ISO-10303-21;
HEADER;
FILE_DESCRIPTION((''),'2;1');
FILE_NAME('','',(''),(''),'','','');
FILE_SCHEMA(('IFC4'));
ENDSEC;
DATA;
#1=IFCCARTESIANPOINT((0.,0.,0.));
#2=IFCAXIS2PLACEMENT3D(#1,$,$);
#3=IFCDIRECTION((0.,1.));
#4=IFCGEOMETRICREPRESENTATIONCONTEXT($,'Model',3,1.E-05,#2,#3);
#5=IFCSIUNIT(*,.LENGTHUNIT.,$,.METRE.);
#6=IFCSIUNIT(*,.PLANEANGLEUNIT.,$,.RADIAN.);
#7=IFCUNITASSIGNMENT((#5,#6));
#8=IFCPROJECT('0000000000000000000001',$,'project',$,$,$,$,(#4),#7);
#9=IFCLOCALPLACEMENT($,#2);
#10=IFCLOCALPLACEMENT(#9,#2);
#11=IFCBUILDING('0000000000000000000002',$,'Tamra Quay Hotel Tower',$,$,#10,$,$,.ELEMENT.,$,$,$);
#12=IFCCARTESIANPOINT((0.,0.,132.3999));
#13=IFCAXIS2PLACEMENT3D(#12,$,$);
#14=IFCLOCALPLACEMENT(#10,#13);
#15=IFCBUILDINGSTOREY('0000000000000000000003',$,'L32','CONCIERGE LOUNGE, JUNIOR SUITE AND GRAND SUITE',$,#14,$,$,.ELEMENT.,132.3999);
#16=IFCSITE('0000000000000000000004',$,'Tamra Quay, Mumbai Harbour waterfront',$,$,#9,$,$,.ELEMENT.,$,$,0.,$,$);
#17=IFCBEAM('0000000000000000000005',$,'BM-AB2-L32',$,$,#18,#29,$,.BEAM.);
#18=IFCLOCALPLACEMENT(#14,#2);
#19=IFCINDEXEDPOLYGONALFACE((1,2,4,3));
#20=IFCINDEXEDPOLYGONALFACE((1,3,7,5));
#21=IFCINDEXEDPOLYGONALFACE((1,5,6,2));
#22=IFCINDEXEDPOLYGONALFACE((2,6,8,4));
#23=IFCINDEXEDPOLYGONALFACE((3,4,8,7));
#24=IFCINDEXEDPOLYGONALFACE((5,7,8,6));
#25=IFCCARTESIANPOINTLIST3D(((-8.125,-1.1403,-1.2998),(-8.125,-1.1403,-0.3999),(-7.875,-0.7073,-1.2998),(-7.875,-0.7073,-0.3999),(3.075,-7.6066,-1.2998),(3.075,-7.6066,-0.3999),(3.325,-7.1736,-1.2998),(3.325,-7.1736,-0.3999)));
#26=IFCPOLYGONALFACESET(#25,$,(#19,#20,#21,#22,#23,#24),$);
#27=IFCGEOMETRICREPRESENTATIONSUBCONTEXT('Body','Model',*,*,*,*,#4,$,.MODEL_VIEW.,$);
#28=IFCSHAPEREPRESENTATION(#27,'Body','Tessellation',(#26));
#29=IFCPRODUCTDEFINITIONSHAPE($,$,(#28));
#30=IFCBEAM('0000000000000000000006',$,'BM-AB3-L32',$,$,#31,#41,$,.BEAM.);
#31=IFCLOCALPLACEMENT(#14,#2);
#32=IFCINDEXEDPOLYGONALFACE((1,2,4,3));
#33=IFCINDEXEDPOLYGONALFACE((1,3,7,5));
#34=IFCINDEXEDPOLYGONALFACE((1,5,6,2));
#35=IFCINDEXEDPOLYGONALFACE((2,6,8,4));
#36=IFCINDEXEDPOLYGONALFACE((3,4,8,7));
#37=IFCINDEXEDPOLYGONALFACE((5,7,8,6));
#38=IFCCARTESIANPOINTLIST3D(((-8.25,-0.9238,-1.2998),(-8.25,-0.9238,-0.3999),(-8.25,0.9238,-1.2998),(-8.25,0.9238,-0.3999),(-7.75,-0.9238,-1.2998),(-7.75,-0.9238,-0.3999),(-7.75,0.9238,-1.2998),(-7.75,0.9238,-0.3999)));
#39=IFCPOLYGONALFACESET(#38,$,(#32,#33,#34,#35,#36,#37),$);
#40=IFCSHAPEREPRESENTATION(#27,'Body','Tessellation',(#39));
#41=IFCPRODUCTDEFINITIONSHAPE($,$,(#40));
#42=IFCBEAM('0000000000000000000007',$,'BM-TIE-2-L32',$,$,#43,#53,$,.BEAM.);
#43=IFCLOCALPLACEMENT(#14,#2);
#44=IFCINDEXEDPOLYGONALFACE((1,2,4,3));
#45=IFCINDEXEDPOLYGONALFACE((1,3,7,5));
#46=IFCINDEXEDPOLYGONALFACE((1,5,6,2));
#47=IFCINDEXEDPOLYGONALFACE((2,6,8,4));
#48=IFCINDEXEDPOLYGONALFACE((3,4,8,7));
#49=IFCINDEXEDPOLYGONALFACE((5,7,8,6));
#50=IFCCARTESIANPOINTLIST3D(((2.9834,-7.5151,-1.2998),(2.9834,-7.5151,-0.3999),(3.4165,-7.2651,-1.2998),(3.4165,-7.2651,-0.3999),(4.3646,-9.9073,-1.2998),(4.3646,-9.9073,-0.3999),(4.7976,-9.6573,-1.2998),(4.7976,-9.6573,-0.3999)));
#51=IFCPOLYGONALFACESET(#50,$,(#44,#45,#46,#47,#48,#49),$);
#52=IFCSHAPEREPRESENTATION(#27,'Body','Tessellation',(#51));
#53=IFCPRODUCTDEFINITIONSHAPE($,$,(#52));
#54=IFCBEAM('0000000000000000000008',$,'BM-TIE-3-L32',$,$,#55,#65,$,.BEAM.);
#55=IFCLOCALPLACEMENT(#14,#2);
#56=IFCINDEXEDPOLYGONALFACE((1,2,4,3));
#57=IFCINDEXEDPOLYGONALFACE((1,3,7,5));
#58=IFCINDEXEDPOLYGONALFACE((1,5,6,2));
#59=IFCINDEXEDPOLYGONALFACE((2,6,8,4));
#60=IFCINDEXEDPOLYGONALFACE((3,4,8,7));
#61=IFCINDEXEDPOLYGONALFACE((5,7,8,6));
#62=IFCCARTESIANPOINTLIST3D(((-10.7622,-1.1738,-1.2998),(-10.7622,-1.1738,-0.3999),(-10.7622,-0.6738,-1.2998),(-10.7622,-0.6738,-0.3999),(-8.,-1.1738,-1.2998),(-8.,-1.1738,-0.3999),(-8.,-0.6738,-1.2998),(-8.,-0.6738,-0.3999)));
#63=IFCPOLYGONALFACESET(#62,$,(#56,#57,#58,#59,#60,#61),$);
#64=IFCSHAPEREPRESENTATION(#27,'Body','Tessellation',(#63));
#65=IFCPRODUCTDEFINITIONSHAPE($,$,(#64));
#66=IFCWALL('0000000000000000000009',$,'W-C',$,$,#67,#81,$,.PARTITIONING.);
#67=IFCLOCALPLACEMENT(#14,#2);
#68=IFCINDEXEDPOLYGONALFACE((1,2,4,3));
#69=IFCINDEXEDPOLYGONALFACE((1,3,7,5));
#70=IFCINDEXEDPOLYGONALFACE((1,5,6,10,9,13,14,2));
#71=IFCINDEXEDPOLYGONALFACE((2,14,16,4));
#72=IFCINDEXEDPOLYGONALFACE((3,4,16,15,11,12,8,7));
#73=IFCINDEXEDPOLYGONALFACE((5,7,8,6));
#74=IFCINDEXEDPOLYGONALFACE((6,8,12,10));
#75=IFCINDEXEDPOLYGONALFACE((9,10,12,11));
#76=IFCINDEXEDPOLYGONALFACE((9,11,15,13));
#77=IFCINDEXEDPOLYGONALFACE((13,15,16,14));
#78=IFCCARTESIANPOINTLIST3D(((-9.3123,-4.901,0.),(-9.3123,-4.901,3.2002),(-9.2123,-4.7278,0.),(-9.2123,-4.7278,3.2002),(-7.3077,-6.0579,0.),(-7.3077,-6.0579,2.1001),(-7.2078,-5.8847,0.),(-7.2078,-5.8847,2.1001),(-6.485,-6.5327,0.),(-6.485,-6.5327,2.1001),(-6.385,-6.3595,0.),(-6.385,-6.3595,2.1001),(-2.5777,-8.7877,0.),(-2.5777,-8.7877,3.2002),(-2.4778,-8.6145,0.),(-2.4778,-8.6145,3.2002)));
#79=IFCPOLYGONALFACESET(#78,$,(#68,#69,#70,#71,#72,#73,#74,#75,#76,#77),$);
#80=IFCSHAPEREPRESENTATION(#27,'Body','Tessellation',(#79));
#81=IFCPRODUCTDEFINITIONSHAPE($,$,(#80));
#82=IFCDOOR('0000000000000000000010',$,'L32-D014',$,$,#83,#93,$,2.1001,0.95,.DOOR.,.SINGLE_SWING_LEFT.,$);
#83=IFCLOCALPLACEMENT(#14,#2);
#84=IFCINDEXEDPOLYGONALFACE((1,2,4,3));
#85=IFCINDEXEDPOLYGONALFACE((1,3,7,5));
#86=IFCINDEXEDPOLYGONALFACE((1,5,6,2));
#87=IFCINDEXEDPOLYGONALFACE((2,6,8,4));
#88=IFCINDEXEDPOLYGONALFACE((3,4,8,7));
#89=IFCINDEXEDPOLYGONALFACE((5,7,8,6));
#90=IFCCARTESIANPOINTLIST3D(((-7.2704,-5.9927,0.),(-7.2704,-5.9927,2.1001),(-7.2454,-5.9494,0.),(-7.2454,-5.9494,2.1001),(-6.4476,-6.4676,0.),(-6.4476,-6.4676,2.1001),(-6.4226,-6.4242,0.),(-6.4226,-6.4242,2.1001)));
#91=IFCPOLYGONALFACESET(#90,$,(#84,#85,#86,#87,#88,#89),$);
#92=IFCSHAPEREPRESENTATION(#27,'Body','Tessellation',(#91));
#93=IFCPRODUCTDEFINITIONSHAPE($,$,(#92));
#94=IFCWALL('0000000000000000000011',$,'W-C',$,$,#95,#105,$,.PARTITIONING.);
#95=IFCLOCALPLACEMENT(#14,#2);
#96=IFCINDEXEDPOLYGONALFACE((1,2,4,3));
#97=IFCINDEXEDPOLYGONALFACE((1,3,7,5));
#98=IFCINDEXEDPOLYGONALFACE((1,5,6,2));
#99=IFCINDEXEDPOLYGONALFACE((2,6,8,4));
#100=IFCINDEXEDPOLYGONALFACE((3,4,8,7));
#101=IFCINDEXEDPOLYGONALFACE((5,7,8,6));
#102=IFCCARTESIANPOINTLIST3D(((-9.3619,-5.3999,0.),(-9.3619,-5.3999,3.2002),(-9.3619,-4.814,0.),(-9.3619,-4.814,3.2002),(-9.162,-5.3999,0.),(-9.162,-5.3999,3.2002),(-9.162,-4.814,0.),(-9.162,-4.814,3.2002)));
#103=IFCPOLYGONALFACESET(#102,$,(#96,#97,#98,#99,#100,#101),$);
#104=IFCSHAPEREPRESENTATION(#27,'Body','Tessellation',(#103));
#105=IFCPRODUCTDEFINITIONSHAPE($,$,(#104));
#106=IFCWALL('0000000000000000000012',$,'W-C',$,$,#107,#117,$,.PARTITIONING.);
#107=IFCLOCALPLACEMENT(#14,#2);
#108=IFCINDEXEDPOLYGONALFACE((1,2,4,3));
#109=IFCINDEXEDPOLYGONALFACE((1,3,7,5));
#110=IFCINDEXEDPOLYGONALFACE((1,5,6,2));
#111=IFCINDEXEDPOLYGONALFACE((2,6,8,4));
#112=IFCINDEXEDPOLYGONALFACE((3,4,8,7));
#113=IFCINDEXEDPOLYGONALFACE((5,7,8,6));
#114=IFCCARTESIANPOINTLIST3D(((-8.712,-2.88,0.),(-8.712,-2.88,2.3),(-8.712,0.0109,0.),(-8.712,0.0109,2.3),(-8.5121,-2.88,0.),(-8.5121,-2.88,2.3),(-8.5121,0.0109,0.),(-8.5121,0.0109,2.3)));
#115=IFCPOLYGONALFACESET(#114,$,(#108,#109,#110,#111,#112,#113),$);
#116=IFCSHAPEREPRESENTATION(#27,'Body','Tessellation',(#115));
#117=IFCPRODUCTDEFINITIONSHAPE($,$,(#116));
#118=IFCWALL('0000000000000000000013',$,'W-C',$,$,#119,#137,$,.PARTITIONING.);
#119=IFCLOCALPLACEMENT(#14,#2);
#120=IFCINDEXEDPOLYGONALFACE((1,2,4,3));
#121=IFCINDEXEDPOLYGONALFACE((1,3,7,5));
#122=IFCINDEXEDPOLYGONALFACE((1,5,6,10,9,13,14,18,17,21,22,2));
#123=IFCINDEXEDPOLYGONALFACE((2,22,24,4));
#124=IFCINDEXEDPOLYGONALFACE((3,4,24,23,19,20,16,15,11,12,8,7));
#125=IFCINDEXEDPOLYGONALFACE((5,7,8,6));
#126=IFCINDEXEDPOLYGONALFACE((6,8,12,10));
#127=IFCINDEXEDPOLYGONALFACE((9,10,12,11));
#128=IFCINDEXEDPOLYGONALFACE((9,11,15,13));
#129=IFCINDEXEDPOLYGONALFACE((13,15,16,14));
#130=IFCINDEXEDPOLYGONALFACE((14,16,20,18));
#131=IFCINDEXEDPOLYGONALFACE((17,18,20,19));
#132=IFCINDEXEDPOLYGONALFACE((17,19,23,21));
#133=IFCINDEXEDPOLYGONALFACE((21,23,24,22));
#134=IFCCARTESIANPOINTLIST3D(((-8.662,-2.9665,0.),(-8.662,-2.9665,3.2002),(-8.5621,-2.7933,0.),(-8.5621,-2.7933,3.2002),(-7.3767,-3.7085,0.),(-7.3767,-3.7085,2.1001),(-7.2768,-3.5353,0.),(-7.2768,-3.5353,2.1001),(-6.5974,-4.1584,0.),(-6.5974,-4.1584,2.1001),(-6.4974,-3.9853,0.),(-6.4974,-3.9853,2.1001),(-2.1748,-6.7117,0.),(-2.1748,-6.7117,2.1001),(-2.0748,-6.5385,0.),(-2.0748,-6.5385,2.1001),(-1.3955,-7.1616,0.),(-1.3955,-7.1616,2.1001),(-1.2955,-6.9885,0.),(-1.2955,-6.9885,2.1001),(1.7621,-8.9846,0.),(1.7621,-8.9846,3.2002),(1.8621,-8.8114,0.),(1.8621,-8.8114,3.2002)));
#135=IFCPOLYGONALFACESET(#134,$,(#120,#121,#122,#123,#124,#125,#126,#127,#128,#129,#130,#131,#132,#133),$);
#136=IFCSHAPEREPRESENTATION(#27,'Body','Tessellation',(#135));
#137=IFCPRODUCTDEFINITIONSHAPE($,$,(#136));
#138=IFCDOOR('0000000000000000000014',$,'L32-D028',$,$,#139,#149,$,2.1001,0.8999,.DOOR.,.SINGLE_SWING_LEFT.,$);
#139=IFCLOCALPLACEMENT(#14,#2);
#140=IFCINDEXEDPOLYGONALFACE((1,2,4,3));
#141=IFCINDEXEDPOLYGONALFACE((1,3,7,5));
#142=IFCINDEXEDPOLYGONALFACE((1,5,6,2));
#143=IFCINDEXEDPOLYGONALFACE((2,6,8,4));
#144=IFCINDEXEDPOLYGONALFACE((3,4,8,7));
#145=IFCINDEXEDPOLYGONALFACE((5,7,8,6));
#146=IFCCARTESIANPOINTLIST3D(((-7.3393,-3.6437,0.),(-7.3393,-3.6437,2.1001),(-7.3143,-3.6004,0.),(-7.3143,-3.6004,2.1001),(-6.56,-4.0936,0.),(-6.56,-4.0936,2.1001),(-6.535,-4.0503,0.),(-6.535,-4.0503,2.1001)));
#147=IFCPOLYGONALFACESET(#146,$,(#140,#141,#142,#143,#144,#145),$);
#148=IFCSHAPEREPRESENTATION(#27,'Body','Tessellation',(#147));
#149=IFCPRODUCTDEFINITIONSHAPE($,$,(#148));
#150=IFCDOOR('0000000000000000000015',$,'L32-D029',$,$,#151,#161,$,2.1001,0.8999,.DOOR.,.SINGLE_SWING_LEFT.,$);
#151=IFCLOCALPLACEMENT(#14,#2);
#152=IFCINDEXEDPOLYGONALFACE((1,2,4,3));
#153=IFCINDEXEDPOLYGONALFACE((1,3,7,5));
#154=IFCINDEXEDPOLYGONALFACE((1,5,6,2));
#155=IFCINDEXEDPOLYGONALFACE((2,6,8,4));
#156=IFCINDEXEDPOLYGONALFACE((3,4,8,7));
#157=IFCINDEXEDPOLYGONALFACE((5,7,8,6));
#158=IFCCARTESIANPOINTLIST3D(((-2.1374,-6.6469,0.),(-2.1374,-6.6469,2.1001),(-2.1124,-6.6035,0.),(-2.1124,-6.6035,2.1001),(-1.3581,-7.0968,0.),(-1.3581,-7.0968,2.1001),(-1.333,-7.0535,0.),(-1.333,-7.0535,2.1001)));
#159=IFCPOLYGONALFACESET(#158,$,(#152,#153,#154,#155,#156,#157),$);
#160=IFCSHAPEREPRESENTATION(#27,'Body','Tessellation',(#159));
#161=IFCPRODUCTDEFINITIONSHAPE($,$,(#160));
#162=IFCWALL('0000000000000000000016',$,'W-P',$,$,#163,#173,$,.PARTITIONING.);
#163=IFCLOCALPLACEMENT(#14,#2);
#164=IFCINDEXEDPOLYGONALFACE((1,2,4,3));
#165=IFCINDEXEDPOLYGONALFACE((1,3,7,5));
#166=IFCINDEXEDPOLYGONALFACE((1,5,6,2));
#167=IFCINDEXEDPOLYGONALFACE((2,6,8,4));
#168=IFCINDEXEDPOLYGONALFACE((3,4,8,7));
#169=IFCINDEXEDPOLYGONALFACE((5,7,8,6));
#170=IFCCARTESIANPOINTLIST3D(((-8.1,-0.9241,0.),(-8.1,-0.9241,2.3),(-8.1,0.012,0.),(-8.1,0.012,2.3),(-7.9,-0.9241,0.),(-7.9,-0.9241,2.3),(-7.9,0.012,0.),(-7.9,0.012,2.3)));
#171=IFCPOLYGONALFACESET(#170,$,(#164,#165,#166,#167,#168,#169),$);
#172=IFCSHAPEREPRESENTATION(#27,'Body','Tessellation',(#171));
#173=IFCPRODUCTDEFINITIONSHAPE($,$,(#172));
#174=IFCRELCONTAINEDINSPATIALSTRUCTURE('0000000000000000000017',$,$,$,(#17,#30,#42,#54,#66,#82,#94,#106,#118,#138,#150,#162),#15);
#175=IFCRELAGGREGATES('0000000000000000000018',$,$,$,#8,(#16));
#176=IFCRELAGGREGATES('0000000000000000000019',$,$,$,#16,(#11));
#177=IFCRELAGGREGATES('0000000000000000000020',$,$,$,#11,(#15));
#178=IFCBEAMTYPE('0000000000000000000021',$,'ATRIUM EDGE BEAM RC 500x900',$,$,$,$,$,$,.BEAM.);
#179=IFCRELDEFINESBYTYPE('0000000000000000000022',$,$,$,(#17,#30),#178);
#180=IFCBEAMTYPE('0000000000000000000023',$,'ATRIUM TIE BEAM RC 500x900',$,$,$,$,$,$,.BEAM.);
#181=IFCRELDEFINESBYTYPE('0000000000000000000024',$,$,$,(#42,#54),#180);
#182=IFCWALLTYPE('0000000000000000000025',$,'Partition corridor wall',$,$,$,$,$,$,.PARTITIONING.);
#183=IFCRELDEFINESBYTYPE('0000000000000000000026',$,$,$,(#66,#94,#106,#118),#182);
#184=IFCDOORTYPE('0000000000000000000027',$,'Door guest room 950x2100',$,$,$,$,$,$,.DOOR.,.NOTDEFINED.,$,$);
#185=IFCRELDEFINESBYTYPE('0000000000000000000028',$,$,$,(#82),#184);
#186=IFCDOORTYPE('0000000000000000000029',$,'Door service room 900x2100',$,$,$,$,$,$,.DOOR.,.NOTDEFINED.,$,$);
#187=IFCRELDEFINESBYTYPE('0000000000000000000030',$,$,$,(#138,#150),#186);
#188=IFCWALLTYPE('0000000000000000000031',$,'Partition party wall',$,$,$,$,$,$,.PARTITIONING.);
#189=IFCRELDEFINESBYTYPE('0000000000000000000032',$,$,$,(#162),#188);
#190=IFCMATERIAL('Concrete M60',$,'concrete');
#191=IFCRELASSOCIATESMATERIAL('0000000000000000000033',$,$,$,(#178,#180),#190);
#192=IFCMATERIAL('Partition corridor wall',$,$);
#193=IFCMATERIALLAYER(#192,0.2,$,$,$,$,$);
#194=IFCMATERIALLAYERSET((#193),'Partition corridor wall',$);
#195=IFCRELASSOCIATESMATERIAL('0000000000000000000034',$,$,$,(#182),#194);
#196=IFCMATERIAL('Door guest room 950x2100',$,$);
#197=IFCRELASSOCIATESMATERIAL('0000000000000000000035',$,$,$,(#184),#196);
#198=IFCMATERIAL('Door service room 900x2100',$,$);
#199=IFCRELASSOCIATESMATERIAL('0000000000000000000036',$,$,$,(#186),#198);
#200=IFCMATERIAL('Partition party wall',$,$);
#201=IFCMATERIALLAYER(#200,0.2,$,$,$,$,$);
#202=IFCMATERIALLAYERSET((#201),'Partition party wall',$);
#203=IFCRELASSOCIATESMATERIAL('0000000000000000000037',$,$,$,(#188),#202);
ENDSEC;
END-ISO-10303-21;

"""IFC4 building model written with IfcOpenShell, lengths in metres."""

from ifc_helpers import new_model, si_unit, direction, frame, frame_2d, origin, origin_2d, place, context, subcontext, project, spatial, rectangle, extrude, material, layer, layer_set, material_profile, profile_set, type_object, element, fill, save


model = new_model("IFC4")

# Units and contexts
model_context = context("Model", 3, precision=1e-05, world=origin(), true_north=direction((0.0, 1.0)))
body_context = subcontext(model_context, "Body", "Model", "MODEL_VIEW")
ifc_project = project(units=[si_unit("LENGTHUNIT", "METRE"), si_unit("PLANEANGLEUNIT", "RADIAN")], contexts=[model_context])

# Site, building, storey
site_placement = place(None, origin())
site = spatial("IfcSite", under=ifc_project, at=site_placement, Name="Tamra Quay, Mumbai Harbour waterfront", CompositionType="ELEMENT", RefElevation=0.0)
building_placement = place(site_placement, origin())
building = spatial("IfcBuilding", under=site, at=building_placement, Name="Tamra Quay Hotel Tower", CompositionType="ELEMENT")
storey_placement = place(building_placement, frame((0.0, 0.0, 132.3999)))
storey = spatial("IfcBuildingStorey", under=building, at=storey_placement, Name="L32", Description="CONCIERGE LOUNGE, JUNIOR SUITE AND GRAND SUITE", CompositionType="ELEMENT", Elevation=132.3999)

# Beams
ifc_material_1 = material(Name="Concrete M60", Category="concrete")
ifc_material_profile_1 = material_profile(ifc_material_1, rectangle(XDim=0.5, YDim=0.8999, at=origin_2d()), Name="ATRIUM EDGE BEAM RC 500x900")
ifc_profile_set_1 = profile_set([ifc_material_profile_1], Name="Concrete M60")
beam_type_1 = type_object("IfcBeamType", Name="ATRIUM EDGE BEAM RC 500x900", PredefinedType="BEAM", material=ifc_profile_set_1)
beam_1_placement = place(storey_placement, frame((3.2, -7.3901, -0.8499), z_axis=(-0.866025, 0.500001, 0.0), x_axis=(-0.500001, -0.866025, 0.0)))
element("IfcBeam", 1, at=beam_1_placement, inside=storey, type_object=beam_type_1, Name="BM-AB2-L32", PredefinedType="BEAM", context=body_context, shape_type="SweptSolid", body=[
    extrude(rectangle(XDim=0.5, YDim=0.8999, at=origin_2d()), origin(), (0.0, 0.0, 1.0), 12.9326),
])
beam_2_placement = place(storey_placement, frame((-8.0, -0.9238, -0.8499), z_axis=(0.0, 1.0, 0.0), x_axis=(-1.0, 0.0, 0.0)))
element("IfcBeam", 2, at=beam_2_placement, inside=storey, type_object=beam_type_1, Name="BM-AB3-L32", PredefinedType="BEAM", context=body_context, shape_type="SweptSolid", body=[
    extrude(rectangle(XDim=0.5, YDim=0.8999, at=origin_2d()), origin(), (0.0, 0.0, 1.0), 1.8477),
])
ifc_material_profile_2 = material_profile(ifc_material_1, rectangle(XDim=0.5, YDim=0.8999, at=origin_2d()), Name="ATRIUM TIE BEAM RC 500x900")
ifc_profile_set_2 = profile_set([ifc_material_profile_2], Name="Concrete M60")
beam_type_2 = type_object("IfcBeamType", Name="ATRIUM TIE BEAM RC 500x900", PredefinedType="BEAM", material=ifc_profile_set_2)
for number, where, z_axis, x_axis, name in (
    (3, (3.2, -7.3901, -0.8499), (0.500008, -0.866021, 0.0), (0.866021, 0.500008, 0.0), "BM-TIE-2-L32"),
    (4, (-8.0, -0.9238, -0.8499), (-1.0, 0.0, 0.0), (0.0, -1.0, 0.0), "BM-TIE-3-L32"),
):
    element("IfcBeam", number, at=place(storey_placement, frame(where, z_axis=z_axis, x_axis=x_axis)), inside=storey, type_object=beam_type_2, Name=name, PredefinedType="BEAM", context=body_context, shape_type="SweptSolid", body=[
        extrude(rectangle(XDim=0.5, YDim=0.8999, at=origin_2d()), origin(), (0.0, 0.0, 1.0), 2.7622),
    ])

# Wall, opening, door
ifc_material_2 = material(Name="Partition corridor wall")
ifc_layer_1 = layer(ifc_material_2, 0.2)
ifc_layer_set_1 = layer_set([ifc_layer_1], Name="Partition corridor wall")
wall_type_1 = type_object("IfcWallType", Name="Partition corridor wall", PredefinedType="PARTITIONING", material=ifc_layer_set_1)
wall_1_placement = place(storey_placement, frame((-9.2622, -4.8145, 0.0), z_axis=(0.0, 0.0, 1.0), x_axis=(0.86611, -0.499854, 0.0)))
wall_1 = element("IfcWall", 5, at=wall_1_placement, inside=storey, type_object=wall_type_1, Name="W-C", PredefinedType="PARTITIONING", context=body_context, shape_type="SweptSolid", body=[
    extrude(rectangle(XDim=7.7756, YDim=0.2, at=frame_2d((3.8877, 0.0))), origin(), (0.0, 0.0, 1.0), 3.2002),
])
opening_1_placement = place(wall_1_placement, frame((2.3142, 0.0, 0.0)))
opening_1 = element("IfcOpeningElement", 6, at=opening_1_placement, cuts=wall_1, PredefinedType="OPENING", context=body_context, shape_type="SweptSolid", body=[
    extrude(rectangle(XDim=0.95, YDim=2.1001, at=frame_2d((0.4751, 1.05))), frame((0.0, 0.1099, 0.0), z_axis=(0.0, -1.0, 0.0), x_axis=(1.0, 0.0, 0.0)), (0.0, 0.0, 1.0), 0.22),
])
ifc_material_3 = material(Name="Door guest room 950x2100")
door_type_1 = type_object("IfcDoorType", Name="Door guest room 950x2100", OperationType="NOTDEFINED", PredefinedType="DOOR", material=ifc_material_3)
door_1_placement = place(opening_1_placement, frame((0.95, 0.0, 0.0), z_axis=(0.0, 0.0, 1.0), x_axis=(-1.0, 0.0, 0.0)))
door_1 = element("IfcDoor", 7, at=door_1_placement, inside=storey, type_object=door_type_1, Name="L32-D014", OperationType="SINGLE_SWING_LEFT", OverallHeight=2.1001, OverallWidth=0.95, PredefinedType="DOOR", context=body_context, shape_type="SweptSolid", body=[
    extrude(rectangle(XDim=0.95, YDim=2.1001, at=frame_2d((0.4751, 1.05))), frame((0.0, 0.0249, 0.0), z_axis=(0.0, -1.0, 0.0), x_axis=(1.0, 0.0, 0.0)), (0.0, 0.0, 1.0), 0.05),
])
fill(opening_1, door_1)

# Walls
wall_2_placement = place(storey_placement, frame((-9.262, -5.3999, 0.0), z_axis=(0.0, 0.0, 1.0), x_axis=(0.0, 1.0, 0.0)))
element("IfcWall", 8, at=wall_2_placement, inside=storey, type_object=wall_type_1, Name="W-C", PredefinedType="PARTITIONING", context=body_context, shape_type="SweptSolid", body=[
    extrude(rectangle(XDim=0.5859, YDim=0.2, at=frame_2d((0.293, 0.0))), origin(), (0.0, 0.0, 1.0), 3.2002),
])
wall_3_placement = place(storey_placement, frame((-8.6121, -2.8799, 0.0), z_axis=(0.0, 0.0, 1.0), x_axis=(0.0, 1.0, 0.0)))
element("IfcWall", 9, at=wall_3_placement, inside=storey, type_object=wall_type_1, Name="W-C", PredefinedType="PARTITIONING", context=body_context, shape_type="SweptSolid", body=[
    extrude(rectangle(XDim=2.8909, YDim=0.2, at=frame_2d((1.4453, 0.0))), origin(), (0.0, 0.0, 1.0), 2.3),
])

# Wall, openings, doors
wall_4_placement = place(storey_placement, frame((-8.6121, -2.8799, 0.0), z_axis=(0.0, 0.0, 1.0), x_axis=(0.866035, -0.499983, 0.0)))
wall_4 = element("IfcWall", 10, at=wall_4_placement, inside=storey, type_object=wall_type_1, Name="W-C", PredefinedType="PARTITIONING", context=body_context, shape_type="SweptSolid", body=[
    extrude(rectangle(XDim=12.0366, YDim=0.2, at=frame_2d((6.0183, 0.0))), origin(), (0.0, 0.0, 1.0), 3.2002),
])
opening_2_placement = place(wall_4_placement, frame((1.4841, 0.0, 0.0)))
opening_2 = element("IfcOpeningElement", 11, at=opening_2_placement, cuts=wall_4, PredefinedType="OPENING", context=body_context, shape_type="SweptSolid", body=[
    extrude(rectangle(XDim=0.8999, YDim=2.1001, at=frame_2d((0.45, 1.05))), frame((0.0, 0.1099, 0.0), z_axis=(0.0, -1.0, 0.0), x_axis=(1.0, 0.0, 0.0)), (0.0, 0.0, 1.0), 0.22),
])
opening_3_placement = place(wall_4_placement, frame((7.4907, 0.0, 0.0)))
opening_3 = element("IfcOpeningElement", 12, at=opening_3_placement, cuts=wall_4, PredefinedType="OPENING", context=body_context, shape_type="SweptSolid", body=[
    extrude(rectangle(XDim=0.8999, YDim=2.1001, at=frame_2d((0.45, 1.05))), frame((0.0, 0.1099, 0.0), z_axis=(0.0, -1.0, 0.0), x_axis=(1.0, 0.0, 0.0)), (0.0, 0.0, 1.0), 0.22),
])
ifc_material_4 = material(Name="Door service room 900x2100")
door_type_2 = type_object("IfcDoorType", Name="Door service room 900x2100", OperationType="NOTDEFINED", PredefinedType="DOOR", material=ifc_material_4)
door_2_placement = place(opening_2_placement, origin())
door_2 = element("IfcDoor", 13, at=door_2_placement, inside=storey, type_object=door_type_2, Name="L32-D028", OperationType="SINGLE_SWING_LEFT", OverallHeight=2.1001, OverallWidth=0.8999, PredefinedType="DOOR", context=body_context, shape_type="SweptSolid", body=[
    extrude(rectangle(XDim=0.8999, YDim=2.1001, at=frame_2d((0.45, 1.05))), frame((0.0, 0.0249, 0.0), z_axis=(0.0, -1.0, 0.0), x_axis=(1.0, 0.0, 0.0)), (0.0, 0.0, 1.0), 0.05),
])
fill(opening_2, door_2)
door_3_placement = place(opening_3_placement, origin())
door_3 = element("IfcDoor", 14, at=door_3_placement, inside=storey, type_object=door_type_2, Name="L32-D029", OperationType="SINGLE_SWING_LEFT", OverallHeight=2.1001, OverallWidth=0.8999, PredefinedType="DOOR", context=body_context, shape_type="SweptSolid", body=[
    extrude(rectangle(XDim=0.8999, YDim=2.1001, at=frame_2d((0.45, 1.05))), frame((0.0, 0.0249, 0.0), z_axis=(0.0, -1.0, 0.0), x_axis=(1.0, 0.0, 0.0)), (0.0, 0.0, 1.0), 0.05),
])
fill(opening_3, door_3)

# Wall
ifc_material_5 = material(Name="Partition party wall")
ifc_layer_2 = layer(ifc_material_5, 0.2)
ifc_layer_set_2 = layer_set([ifc_layer_2], Name="Partition party wall")
wall_type_2 = type_object("IfcWallType", Name="Partition party wall", PredefinedType="PARTITIONING", material=ifc_layer_set_2)
wall_5_placement = place(storey_placement, frame((-8.0, -0.9241, 0.0), z_axis=(0.0, 0.0, 1.0), x_axis=(0.0, 1.0, 0.0)))
element("IfcWall", 15, at=wall_5_placement, inside=storey, type_object=wall_type_2, Name="W-P", PredefinedType="PARTITIONING", context=body_context, shape_type="SweptSolid", body=[
    extrude(rectangle(XDim=0.936, YDim=0.2, at=frame_2d((0.468, 0.0))), origin(), (0.0, 0.0, 1.0), 2.3),
])

save(model, "model.ifc")
